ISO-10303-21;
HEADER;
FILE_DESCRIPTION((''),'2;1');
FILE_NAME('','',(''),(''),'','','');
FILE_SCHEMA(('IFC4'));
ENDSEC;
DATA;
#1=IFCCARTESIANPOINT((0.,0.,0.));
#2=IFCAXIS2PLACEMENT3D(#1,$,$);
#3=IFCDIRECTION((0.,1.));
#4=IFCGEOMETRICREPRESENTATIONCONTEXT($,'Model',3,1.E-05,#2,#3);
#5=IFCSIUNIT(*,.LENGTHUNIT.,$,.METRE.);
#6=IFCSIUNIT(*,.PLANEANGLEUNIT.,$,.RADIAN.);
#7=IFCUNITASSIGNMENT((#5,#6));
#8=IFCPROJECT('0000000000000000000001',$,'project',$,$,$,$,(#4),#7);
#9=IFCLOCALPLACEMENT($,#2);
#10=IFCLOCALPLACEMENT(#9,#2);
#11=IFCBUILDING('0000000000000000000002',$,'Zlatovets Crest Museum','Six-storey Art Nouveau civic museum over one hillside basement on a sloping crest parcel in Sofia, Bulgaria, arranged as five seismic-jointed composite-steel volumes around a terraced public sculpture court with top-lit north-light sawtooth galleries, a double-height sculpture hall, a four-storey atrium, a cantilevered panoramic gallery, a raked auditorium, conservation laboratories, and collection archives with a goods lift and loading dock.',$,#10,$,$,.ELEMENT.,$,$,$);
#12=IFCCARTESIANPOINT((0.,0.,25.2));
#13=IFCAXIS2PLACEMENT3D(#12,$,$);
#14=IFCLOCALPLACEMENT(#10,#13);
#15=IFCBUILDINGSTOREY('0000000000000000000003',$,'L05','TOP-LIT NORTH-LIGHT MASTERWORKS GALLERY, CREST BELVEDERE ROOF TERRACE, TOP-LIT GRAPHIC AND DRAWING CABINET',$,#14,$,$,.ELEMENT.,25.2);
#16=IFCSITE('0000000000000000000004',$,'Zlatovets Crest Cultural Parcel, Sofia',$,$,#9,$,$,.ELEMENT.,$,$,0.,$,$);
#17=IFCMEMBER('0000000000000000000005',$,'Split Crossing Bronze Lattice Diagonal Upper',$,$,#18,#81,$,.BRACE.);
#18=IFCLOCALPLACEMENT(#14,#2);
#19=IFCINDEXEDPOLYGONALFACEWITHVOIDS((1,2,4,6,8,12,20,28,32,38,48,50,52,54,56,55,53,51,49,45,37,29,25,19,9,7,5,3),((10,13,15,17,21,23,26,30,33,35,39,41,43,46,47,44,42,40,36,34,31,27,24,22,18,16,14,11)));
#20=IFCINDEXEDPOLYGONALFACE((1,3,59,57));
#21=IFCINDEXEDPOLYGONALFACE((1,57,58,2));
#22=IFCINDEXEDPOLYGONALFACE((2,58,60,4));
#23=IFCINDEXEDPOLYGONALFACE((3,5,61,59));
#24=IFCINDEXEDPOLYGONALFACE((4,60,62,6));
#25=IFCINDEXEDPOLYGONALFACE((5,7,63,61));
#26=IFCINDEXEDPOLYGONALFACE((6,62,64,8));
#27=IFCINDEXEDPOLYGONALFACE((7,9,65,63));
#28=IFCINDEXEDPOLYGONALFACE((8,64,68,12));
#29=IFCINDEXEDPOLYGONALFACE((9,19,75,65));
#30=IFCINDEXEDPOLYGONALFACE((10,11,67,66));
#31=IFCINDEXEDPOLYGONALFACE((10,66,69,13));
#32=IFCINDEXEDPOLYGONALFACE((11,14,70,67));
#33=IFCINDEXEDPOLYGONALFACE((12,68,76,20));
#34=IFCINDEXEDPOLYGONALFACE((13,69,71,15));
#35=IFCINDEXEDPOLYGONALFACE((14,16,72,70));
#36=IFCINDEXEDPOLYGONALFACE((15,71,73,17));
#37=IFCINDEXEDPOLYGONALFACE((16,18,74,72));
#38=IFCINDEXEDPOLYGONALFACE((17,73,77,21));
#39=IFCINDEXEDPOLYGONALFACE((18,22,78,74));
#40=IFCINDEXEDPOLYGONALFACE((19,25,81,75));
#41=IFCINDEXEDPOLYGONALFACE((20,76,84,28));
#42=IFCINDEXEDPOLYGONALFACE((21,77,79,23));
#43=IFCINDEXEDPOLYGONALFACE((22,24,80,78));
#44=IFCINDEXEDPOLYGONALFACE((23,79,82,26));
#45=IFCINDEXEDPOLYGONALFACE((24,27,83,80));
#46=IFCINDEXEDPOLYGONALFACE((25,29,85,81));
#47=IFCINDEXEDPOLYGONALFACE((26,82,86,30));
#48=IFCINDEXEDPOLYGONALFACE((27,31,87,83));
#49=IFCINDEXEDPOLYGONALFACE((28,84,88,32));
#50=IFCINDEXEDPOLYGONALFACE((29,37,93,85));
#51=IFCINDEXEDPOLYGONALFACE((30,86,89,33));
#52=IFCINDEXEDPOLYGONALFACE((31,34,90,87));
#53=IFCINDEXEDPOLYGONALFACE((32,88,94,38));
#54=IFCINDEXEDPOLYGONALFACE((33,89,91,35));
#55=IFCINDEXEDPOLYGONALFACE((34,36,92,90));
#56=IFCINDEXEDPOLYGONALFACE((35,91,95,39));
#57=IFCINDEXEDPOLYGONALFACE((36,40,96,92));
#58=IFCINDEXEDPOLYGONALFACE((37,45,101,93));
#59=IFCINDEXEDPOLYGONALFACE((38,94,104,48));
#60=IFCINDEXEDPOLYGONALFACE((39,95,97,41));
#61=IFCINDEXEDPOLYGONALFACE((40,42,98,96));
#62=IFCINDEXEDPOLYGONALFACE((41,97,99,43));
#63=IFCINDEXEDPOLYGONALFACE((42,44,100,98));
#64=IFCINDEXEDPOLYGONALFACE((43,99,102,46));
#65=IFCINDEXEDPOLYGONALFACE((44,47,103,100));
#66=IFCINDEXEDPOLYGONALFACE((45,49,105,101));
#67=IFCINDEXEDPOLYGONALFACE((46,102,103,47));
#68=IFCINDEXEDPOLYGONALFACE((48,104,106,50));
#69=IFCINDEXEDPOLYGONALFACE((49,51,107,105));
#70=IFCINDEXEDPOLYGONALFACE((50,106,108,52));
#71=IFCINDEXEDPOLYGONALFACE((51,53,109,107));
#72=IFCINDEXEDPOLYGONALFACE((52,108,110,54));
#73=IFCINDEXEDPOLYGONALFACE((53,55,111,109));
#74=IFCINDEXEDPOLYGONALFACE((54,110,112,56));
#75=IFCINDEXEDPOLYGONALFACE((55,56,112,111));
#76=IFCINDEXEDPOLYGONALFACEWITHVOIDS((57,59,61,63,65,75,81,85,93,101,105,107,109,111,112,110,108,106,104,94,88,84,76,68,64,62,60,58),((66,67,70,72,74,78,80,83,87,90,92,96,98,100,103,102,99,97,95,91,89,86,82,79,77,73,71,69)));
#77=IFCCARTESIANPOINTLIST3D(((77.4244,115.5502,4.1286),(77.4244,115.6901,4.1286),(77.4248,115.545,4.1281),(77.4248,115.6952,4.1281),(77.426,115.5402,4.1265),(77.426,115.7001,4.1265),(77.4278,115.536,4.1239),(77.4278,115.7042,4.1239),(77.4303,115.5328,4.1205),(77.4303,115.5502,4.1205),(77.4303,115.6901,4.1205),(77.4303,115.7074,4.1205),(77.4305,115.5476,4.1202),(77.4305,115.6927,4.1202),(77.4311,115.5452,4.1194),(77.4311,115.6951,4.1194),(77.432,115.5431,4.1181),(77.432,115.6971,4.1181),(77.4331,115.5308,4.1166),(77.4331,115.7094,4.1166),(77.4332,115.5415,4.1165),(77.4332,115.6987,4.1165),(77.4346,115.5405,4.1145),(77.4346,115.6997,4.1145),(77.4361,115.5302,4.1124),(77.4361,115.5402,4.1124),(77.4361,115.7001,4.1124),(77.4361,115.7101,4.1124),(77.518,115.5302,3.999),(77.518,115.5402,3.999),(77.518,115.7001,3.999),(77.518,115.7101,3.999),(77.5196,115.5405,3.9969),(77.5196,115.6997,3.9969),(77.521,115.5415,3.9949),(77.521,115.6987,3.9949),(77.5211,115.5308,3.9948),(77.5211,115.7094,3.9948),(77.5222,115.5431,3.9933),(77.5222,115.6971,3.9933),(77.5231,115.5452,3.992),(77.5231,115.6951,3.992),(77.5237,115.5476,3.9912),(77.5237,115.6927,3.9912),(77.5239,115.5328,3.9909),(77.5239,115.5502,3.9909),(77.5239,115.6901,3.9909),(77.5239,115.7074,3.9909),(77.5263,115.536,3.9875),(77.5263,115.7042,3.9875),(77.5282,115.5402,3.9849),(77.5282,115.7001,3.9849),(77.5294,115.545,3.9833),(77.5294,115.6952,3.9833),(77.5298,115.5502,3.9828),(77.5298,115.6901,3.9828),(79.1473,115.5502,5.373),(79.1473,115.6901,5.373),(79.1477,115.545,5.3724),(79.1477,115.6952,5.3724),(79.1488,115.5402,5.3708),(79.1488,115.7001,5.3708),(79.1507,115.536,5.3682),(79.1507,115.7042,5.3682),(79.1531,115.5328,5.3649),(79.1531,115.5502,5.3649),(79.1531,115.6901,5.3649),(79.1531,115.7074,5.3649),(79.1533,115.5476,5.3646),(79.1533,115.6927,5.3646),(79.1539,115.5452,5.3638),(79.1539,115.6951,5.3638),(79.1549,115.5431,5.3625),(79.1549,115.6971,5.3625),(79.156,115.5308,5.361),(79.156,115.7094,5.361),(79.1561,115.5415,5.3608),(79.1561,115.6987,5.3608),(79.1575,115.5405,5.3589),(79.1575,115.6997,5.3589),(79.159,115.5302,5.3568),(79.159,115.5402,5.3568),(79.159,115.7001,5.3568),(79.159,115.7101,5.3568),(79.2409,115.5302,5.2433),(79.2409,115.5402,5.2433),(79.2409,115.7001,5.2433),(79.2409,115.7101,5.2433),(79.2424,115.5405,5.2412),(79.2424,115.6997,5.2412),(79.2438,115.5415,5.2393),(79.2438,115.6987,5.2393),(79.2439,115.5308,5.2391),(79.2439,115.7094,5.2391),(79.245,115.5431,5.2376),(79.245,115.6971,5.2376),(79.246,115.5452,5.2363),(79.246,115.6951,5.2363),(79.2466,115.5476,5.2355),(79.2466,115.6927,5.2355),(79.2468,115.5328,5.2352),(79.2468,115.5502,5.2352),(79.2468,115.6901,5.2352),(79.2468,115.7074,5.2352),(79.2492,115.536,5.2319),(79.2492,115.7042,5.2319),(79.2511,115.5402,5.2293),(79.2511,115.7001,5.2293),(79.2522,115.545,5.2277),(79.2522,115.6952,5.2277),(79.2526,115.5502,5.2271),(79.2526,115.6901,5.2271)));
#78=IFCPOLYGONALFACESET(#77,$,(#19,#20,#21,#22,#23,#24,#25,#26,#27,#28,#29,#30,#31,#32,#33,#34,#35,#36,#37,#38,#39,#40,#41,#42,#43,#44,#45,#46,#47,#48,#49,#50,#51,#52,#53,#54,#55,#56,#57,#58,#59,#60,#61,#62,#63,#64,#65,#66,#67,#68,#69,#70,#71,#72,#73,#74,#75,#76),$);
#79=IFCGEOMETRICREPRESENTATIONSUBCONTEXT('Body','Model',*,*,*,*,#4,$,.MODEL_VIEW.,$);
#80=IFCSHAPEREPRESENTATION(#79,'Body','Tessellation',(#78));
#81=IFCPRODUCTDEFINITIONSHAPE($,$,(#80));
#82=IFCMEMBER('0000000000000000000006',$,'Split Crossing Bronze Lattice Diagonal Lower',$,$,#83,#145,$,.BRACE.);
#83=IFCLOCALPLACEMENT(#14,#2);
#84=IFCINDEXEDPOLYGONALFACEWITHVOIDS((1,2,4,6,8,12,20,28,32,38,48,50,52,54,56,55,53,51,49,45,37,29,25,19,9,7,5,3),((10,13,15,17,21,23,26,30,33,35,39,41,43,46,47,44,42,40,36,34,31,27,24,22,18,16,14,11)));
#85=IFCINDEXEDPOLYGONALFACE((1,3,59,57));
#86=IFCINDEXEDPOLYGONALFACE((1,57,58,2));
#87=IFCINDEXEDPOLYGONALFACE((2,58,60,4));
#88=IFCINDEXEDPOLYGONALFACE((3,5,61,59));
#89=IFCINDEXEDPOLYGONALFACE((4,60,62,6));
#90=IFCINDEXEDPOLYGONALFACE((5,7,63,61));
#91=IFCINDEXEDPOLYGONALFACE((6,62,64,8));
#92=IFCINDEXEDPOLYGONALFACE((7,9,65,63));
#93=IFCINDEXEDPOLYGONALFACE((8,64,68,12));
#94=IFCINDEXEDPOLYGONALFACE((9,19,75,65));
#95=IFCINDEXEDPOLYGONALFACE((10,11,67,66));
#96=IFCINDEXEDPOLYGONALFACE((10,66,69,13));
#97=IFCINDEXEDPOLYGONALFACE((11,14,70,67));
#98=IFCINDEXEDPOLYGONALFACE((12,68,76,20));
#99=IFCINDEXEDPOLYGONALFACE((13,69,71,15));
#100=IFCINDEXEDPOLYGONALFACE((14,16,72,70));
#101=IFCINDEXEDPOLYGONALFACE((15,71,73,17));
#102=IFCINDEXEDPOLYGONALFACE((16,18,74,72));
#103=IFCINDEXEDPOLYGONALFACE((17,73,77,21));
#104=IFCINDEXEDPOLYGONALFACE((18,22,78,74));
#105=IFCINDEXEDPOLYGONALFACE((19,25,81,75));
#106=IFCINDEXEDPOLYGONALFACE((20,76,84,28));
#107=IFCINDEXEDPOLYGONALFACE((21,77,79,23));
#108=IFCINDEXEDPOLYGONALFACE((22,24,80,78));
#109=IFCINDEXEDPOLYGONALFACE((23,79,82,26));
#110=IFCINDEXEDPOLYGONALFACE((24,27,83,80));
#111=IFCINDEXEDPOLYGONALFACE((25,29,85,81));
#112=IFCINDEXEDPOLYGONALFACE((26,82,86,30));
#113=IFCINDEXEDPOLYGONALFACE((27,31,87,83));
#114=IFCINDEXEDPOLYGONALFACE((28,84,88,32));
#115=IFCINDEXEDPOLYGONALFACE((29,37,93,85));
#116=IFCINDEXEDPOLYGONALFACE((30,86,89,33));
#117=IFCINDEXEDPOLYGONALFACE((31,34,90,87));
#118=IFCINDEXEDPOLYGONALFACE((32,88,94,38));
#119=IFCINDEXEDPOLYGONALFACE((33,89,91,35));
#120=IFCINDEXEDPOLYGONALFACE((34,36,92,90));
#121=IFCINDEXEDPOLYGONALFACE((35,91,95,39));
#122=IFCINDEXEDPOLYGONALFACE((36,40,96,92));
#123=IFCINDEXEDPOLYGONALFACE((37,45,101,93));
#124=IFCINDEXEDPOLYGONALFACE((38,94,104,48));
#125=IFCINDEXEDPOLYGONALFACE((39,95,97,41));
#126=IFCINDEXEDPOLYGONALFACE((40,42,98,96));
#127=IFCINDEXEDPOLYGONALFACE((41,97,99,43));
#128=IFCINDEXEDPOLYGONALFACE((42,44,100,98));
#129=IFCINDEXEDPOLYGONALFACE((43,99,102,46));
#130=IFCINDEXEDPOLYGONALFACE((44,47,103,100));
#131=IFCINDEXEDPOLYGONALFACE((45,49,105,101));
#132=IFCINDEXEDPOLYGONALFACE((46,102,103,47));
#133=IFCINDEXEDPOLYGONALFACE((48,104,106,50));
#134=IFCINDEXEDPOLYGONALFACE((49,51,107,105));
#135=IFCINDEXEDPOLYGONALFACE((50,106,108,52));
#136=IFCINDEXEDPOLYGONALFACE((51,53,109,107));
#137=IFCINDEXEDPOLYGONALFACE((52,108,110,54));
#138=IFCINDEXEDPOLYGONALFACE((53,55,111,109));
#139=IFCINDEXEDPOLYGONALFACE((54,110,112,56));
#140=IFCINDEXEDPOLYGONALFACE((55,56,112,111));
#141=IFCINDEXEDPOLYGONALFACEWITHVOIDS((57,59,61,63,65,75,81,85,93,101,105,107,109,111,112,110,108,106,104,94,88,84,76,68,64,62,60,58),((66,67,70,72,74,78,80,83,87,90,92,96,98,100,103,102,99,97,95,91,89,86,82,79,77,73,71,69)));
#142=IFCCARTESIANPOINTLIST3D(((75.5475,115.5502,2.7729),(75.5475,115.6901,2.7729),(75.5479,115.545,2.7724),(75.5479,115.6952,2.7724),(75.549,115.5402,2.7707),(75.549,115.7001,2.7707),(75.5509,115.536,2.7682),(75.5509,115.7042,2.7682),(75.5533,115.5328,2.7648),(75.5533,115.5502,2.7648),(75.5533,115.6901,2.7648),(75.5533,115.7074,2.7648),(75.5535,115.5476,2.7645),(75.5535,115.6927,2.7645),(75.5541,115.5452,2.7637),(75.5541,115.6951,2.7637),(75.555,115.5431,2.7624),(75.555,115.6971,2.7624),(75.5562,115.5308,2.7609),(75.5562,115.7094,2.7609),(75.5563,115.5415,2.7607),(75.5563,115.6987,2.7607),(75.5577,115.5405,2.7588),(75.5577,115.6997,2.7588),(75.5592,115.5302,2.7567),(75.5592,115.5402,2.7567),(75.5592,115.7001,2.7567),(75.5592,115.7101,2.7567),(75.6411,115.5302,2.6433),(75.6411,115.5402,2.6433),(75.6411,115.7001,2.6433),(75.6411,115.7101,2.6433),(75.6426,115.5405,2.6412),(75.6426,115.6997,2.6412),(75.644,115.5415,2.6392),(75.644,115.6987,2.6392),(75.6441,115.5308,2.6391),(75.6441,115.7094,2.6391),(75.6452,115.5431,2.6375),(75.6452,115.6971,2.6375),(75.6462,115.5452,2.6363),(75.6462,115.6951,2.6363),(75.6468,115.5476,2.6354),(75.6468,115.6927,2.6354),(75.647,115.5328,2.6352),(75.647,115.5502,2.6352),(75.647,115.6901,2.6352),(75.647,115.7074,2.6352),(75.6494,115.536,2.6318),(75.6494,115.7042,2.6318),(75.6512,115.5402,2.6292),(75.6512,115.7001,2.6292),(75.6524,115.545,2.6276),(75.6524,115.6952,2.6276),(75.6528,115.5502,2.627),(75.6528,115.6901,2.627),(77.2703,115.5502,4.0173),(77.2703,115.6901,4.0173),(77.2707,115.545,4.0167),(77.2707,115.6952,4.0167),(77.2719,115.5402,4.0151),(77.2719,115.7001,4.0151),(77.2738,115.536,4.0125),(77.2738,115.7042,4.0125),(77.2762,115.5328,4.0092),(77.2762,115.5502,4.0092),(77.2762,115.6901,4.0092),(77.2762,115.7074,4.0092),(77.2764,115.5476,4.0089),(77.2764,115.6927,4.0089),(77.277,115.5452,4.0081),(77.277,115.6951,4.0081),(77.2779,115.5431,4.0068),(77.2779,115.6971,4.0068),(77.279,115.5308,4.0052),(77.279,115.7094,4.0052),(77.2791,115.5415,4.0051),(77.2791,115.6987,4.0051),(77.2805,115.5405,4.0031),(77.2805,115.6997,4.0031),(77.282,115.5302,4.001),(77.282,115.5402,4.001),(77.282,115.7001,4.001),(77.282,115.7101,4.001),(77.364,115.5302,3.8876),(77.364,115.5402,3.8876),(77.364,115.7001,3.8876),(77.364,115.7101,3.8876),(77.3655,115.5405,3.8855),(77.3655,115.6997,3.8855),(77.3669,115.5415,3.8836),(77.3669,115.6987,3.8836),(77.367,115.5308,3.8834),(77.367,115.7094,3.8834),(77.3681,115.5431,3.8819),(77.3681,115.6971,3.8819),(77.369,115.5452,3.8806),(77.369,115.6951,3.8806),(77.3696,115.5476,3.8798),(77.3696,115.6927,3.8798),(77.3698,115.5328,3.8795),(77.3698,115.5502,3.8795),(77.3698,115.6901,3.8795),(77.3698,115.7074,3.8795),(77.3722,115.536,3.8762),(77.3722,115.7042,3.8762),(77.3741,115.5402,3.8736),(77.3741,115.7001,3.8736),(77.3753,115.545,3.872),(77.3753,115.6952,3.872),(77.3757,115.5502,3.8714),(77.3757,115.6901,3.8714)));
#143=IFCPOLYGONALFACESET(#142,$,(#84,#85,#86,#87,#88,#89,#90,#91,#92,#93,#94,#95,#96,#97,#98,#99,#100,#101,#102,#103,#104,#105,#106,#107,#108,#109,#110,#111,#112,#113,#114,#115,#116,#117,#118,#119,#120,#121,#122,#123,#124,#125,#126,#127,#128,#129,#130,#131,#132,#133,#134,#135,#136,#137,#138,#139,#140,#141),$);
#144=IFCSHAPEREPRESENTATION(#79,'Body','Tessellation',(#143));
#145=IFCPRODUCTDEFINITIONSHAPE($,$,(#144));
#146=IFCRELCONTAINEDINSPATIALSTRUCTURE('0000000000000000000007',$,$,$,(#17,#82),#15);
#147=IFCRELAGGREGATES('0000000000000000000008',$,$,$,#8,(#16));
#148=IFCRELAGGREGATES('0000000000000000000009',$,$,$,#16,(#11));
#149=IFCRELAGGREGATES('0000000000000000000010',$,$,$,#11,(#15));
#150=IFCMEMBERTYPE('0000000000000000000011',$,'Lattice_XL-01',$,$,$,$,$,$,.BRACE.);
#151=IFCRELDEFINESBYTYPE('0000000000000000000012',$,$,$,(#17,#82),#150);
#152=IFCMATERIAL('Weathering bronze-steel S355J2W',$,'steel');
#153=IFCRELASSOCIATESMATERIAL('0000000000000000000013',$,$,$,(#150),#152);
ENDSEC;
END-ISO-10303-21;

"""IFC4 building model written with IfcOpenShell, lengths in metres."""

from ifc_helpers import new_model, si_unit, direction, frame, origin, origin_2d, place, context, subcontext, project, spatial, hollow_rectangle, extrude, material, material_profile, profile_set, type_object, element, save


model = new_model("IFC4")

# Units and contexts
model_context = context("Model", 3, precision=1e-05, world=origin(), true_north=direction((0.0, 1.0)))
body_context = subcontext(model_context, "Body", "Model", "MODEL_VIEW")
ifc_project = project(units=[si_unit("LENGTHUNIT", "METRE"), si_unit("PLANEANGLEUNIT", "RADIAN")], contexts=[model_context])

# Site, building, storey
site_placement = place(None, origin())
site = spatial("IfcSite", under=ifc_project, at=site_placement, Name="Zlatovets Crest Cultural Parcel, Sofia", CompositionType="ELEMENT", RefElevation=0.0)
building_placement = place(site_placement, origin())
building = spatial("IfcBuilding", under=site, at=building_placement, Name="Zlatovets Crest Museum", Description="Six-storey Art Nouveau civic museum over one hillside basement on a sloping crest parcel in Sofia, Bulgaria, arranged as five seismic-jointed composite-steel volumes around a terraced public sculpture court with top-lit north-light sawtooth galleries, a double-height sculpture hall, a four-storey atrium, a cantilevered panoramic gallery, a raked auditorium, conservation laboratories, and collection archives with a goods lift and loading dock.", CompositionType="ELEMENT")
storey_placement = place(building_placement, frame((0.0, 0.0, 25.2)))
storey = spatial("IfcBuildingStorey", under=building, at=storey_placement, Name="L05", Description="TOP-LIT NORTH-LIGHT MASTERWORKS GALLERY, CREST BELVEDERE ROOF TERRACE, TOP-LIT GRAPHIC AND DRAWING CABINET", CompositionType="ELEMENT", Elevation=25.2)

# Members
ifc_material_1 = material(Name="Weathering bronze-steel S355J2W", Category="steel")
ifc_material_profile_1 = material_profile(ifc_material_1, hollow_rectangle(XDim=0.1799, YDim=0.1799, WallThickness=0.01, InnerFilletRadius=0.01, OuterFilletRadius=0.02, at=origin_2d()), Name="SHS 180x180x10.0")
ifc_profile_set_1 = profile_set([ifc_material_profile_1], Name="Weathering bronze-steel S355J2W")
member_type_1 = type_object("IfcMemberType", Name="Lattice_XL-01", PredefinedType="BRACE", material=ifc_profile_set_1)
for number, where, z_axis, x_axis, name in (
    (1, (79.2, 115.6201, 5.3), (-0.810664, 0.0, -0.585512), (0.0, -1.0, 0.0), "Split Crossing Bronze Lattice Diagonal Upper"),
    (2, (77.323, 115.6201, 3.9443), (-0.810664, 0.0, -0.585512), (0.0, -1.0, 0.0), "Split Crossing Bronze Lattice Diagonal Lower"),
):
    element("IfcMember", number, at=place(storey_placement, frame(where, z_axis=z_axis, x_axis=x_axis)), inside=storey, type_object=member_type_1, Name=name, PredefinedType="BRACE", context=body_context, shape_type="SweptSolid", body=[
        extrude(hollow_rectangle(XDim=0.1799, YDim=0.1799, WallThickness=0.01, InnerFilletRadius=0.01, OuterFilletRadius=0.02, at=origin_2d()), origin(), (0.0, 0.0, 1.0), 2.1252),
    ])

save(model, "model.ifc")
